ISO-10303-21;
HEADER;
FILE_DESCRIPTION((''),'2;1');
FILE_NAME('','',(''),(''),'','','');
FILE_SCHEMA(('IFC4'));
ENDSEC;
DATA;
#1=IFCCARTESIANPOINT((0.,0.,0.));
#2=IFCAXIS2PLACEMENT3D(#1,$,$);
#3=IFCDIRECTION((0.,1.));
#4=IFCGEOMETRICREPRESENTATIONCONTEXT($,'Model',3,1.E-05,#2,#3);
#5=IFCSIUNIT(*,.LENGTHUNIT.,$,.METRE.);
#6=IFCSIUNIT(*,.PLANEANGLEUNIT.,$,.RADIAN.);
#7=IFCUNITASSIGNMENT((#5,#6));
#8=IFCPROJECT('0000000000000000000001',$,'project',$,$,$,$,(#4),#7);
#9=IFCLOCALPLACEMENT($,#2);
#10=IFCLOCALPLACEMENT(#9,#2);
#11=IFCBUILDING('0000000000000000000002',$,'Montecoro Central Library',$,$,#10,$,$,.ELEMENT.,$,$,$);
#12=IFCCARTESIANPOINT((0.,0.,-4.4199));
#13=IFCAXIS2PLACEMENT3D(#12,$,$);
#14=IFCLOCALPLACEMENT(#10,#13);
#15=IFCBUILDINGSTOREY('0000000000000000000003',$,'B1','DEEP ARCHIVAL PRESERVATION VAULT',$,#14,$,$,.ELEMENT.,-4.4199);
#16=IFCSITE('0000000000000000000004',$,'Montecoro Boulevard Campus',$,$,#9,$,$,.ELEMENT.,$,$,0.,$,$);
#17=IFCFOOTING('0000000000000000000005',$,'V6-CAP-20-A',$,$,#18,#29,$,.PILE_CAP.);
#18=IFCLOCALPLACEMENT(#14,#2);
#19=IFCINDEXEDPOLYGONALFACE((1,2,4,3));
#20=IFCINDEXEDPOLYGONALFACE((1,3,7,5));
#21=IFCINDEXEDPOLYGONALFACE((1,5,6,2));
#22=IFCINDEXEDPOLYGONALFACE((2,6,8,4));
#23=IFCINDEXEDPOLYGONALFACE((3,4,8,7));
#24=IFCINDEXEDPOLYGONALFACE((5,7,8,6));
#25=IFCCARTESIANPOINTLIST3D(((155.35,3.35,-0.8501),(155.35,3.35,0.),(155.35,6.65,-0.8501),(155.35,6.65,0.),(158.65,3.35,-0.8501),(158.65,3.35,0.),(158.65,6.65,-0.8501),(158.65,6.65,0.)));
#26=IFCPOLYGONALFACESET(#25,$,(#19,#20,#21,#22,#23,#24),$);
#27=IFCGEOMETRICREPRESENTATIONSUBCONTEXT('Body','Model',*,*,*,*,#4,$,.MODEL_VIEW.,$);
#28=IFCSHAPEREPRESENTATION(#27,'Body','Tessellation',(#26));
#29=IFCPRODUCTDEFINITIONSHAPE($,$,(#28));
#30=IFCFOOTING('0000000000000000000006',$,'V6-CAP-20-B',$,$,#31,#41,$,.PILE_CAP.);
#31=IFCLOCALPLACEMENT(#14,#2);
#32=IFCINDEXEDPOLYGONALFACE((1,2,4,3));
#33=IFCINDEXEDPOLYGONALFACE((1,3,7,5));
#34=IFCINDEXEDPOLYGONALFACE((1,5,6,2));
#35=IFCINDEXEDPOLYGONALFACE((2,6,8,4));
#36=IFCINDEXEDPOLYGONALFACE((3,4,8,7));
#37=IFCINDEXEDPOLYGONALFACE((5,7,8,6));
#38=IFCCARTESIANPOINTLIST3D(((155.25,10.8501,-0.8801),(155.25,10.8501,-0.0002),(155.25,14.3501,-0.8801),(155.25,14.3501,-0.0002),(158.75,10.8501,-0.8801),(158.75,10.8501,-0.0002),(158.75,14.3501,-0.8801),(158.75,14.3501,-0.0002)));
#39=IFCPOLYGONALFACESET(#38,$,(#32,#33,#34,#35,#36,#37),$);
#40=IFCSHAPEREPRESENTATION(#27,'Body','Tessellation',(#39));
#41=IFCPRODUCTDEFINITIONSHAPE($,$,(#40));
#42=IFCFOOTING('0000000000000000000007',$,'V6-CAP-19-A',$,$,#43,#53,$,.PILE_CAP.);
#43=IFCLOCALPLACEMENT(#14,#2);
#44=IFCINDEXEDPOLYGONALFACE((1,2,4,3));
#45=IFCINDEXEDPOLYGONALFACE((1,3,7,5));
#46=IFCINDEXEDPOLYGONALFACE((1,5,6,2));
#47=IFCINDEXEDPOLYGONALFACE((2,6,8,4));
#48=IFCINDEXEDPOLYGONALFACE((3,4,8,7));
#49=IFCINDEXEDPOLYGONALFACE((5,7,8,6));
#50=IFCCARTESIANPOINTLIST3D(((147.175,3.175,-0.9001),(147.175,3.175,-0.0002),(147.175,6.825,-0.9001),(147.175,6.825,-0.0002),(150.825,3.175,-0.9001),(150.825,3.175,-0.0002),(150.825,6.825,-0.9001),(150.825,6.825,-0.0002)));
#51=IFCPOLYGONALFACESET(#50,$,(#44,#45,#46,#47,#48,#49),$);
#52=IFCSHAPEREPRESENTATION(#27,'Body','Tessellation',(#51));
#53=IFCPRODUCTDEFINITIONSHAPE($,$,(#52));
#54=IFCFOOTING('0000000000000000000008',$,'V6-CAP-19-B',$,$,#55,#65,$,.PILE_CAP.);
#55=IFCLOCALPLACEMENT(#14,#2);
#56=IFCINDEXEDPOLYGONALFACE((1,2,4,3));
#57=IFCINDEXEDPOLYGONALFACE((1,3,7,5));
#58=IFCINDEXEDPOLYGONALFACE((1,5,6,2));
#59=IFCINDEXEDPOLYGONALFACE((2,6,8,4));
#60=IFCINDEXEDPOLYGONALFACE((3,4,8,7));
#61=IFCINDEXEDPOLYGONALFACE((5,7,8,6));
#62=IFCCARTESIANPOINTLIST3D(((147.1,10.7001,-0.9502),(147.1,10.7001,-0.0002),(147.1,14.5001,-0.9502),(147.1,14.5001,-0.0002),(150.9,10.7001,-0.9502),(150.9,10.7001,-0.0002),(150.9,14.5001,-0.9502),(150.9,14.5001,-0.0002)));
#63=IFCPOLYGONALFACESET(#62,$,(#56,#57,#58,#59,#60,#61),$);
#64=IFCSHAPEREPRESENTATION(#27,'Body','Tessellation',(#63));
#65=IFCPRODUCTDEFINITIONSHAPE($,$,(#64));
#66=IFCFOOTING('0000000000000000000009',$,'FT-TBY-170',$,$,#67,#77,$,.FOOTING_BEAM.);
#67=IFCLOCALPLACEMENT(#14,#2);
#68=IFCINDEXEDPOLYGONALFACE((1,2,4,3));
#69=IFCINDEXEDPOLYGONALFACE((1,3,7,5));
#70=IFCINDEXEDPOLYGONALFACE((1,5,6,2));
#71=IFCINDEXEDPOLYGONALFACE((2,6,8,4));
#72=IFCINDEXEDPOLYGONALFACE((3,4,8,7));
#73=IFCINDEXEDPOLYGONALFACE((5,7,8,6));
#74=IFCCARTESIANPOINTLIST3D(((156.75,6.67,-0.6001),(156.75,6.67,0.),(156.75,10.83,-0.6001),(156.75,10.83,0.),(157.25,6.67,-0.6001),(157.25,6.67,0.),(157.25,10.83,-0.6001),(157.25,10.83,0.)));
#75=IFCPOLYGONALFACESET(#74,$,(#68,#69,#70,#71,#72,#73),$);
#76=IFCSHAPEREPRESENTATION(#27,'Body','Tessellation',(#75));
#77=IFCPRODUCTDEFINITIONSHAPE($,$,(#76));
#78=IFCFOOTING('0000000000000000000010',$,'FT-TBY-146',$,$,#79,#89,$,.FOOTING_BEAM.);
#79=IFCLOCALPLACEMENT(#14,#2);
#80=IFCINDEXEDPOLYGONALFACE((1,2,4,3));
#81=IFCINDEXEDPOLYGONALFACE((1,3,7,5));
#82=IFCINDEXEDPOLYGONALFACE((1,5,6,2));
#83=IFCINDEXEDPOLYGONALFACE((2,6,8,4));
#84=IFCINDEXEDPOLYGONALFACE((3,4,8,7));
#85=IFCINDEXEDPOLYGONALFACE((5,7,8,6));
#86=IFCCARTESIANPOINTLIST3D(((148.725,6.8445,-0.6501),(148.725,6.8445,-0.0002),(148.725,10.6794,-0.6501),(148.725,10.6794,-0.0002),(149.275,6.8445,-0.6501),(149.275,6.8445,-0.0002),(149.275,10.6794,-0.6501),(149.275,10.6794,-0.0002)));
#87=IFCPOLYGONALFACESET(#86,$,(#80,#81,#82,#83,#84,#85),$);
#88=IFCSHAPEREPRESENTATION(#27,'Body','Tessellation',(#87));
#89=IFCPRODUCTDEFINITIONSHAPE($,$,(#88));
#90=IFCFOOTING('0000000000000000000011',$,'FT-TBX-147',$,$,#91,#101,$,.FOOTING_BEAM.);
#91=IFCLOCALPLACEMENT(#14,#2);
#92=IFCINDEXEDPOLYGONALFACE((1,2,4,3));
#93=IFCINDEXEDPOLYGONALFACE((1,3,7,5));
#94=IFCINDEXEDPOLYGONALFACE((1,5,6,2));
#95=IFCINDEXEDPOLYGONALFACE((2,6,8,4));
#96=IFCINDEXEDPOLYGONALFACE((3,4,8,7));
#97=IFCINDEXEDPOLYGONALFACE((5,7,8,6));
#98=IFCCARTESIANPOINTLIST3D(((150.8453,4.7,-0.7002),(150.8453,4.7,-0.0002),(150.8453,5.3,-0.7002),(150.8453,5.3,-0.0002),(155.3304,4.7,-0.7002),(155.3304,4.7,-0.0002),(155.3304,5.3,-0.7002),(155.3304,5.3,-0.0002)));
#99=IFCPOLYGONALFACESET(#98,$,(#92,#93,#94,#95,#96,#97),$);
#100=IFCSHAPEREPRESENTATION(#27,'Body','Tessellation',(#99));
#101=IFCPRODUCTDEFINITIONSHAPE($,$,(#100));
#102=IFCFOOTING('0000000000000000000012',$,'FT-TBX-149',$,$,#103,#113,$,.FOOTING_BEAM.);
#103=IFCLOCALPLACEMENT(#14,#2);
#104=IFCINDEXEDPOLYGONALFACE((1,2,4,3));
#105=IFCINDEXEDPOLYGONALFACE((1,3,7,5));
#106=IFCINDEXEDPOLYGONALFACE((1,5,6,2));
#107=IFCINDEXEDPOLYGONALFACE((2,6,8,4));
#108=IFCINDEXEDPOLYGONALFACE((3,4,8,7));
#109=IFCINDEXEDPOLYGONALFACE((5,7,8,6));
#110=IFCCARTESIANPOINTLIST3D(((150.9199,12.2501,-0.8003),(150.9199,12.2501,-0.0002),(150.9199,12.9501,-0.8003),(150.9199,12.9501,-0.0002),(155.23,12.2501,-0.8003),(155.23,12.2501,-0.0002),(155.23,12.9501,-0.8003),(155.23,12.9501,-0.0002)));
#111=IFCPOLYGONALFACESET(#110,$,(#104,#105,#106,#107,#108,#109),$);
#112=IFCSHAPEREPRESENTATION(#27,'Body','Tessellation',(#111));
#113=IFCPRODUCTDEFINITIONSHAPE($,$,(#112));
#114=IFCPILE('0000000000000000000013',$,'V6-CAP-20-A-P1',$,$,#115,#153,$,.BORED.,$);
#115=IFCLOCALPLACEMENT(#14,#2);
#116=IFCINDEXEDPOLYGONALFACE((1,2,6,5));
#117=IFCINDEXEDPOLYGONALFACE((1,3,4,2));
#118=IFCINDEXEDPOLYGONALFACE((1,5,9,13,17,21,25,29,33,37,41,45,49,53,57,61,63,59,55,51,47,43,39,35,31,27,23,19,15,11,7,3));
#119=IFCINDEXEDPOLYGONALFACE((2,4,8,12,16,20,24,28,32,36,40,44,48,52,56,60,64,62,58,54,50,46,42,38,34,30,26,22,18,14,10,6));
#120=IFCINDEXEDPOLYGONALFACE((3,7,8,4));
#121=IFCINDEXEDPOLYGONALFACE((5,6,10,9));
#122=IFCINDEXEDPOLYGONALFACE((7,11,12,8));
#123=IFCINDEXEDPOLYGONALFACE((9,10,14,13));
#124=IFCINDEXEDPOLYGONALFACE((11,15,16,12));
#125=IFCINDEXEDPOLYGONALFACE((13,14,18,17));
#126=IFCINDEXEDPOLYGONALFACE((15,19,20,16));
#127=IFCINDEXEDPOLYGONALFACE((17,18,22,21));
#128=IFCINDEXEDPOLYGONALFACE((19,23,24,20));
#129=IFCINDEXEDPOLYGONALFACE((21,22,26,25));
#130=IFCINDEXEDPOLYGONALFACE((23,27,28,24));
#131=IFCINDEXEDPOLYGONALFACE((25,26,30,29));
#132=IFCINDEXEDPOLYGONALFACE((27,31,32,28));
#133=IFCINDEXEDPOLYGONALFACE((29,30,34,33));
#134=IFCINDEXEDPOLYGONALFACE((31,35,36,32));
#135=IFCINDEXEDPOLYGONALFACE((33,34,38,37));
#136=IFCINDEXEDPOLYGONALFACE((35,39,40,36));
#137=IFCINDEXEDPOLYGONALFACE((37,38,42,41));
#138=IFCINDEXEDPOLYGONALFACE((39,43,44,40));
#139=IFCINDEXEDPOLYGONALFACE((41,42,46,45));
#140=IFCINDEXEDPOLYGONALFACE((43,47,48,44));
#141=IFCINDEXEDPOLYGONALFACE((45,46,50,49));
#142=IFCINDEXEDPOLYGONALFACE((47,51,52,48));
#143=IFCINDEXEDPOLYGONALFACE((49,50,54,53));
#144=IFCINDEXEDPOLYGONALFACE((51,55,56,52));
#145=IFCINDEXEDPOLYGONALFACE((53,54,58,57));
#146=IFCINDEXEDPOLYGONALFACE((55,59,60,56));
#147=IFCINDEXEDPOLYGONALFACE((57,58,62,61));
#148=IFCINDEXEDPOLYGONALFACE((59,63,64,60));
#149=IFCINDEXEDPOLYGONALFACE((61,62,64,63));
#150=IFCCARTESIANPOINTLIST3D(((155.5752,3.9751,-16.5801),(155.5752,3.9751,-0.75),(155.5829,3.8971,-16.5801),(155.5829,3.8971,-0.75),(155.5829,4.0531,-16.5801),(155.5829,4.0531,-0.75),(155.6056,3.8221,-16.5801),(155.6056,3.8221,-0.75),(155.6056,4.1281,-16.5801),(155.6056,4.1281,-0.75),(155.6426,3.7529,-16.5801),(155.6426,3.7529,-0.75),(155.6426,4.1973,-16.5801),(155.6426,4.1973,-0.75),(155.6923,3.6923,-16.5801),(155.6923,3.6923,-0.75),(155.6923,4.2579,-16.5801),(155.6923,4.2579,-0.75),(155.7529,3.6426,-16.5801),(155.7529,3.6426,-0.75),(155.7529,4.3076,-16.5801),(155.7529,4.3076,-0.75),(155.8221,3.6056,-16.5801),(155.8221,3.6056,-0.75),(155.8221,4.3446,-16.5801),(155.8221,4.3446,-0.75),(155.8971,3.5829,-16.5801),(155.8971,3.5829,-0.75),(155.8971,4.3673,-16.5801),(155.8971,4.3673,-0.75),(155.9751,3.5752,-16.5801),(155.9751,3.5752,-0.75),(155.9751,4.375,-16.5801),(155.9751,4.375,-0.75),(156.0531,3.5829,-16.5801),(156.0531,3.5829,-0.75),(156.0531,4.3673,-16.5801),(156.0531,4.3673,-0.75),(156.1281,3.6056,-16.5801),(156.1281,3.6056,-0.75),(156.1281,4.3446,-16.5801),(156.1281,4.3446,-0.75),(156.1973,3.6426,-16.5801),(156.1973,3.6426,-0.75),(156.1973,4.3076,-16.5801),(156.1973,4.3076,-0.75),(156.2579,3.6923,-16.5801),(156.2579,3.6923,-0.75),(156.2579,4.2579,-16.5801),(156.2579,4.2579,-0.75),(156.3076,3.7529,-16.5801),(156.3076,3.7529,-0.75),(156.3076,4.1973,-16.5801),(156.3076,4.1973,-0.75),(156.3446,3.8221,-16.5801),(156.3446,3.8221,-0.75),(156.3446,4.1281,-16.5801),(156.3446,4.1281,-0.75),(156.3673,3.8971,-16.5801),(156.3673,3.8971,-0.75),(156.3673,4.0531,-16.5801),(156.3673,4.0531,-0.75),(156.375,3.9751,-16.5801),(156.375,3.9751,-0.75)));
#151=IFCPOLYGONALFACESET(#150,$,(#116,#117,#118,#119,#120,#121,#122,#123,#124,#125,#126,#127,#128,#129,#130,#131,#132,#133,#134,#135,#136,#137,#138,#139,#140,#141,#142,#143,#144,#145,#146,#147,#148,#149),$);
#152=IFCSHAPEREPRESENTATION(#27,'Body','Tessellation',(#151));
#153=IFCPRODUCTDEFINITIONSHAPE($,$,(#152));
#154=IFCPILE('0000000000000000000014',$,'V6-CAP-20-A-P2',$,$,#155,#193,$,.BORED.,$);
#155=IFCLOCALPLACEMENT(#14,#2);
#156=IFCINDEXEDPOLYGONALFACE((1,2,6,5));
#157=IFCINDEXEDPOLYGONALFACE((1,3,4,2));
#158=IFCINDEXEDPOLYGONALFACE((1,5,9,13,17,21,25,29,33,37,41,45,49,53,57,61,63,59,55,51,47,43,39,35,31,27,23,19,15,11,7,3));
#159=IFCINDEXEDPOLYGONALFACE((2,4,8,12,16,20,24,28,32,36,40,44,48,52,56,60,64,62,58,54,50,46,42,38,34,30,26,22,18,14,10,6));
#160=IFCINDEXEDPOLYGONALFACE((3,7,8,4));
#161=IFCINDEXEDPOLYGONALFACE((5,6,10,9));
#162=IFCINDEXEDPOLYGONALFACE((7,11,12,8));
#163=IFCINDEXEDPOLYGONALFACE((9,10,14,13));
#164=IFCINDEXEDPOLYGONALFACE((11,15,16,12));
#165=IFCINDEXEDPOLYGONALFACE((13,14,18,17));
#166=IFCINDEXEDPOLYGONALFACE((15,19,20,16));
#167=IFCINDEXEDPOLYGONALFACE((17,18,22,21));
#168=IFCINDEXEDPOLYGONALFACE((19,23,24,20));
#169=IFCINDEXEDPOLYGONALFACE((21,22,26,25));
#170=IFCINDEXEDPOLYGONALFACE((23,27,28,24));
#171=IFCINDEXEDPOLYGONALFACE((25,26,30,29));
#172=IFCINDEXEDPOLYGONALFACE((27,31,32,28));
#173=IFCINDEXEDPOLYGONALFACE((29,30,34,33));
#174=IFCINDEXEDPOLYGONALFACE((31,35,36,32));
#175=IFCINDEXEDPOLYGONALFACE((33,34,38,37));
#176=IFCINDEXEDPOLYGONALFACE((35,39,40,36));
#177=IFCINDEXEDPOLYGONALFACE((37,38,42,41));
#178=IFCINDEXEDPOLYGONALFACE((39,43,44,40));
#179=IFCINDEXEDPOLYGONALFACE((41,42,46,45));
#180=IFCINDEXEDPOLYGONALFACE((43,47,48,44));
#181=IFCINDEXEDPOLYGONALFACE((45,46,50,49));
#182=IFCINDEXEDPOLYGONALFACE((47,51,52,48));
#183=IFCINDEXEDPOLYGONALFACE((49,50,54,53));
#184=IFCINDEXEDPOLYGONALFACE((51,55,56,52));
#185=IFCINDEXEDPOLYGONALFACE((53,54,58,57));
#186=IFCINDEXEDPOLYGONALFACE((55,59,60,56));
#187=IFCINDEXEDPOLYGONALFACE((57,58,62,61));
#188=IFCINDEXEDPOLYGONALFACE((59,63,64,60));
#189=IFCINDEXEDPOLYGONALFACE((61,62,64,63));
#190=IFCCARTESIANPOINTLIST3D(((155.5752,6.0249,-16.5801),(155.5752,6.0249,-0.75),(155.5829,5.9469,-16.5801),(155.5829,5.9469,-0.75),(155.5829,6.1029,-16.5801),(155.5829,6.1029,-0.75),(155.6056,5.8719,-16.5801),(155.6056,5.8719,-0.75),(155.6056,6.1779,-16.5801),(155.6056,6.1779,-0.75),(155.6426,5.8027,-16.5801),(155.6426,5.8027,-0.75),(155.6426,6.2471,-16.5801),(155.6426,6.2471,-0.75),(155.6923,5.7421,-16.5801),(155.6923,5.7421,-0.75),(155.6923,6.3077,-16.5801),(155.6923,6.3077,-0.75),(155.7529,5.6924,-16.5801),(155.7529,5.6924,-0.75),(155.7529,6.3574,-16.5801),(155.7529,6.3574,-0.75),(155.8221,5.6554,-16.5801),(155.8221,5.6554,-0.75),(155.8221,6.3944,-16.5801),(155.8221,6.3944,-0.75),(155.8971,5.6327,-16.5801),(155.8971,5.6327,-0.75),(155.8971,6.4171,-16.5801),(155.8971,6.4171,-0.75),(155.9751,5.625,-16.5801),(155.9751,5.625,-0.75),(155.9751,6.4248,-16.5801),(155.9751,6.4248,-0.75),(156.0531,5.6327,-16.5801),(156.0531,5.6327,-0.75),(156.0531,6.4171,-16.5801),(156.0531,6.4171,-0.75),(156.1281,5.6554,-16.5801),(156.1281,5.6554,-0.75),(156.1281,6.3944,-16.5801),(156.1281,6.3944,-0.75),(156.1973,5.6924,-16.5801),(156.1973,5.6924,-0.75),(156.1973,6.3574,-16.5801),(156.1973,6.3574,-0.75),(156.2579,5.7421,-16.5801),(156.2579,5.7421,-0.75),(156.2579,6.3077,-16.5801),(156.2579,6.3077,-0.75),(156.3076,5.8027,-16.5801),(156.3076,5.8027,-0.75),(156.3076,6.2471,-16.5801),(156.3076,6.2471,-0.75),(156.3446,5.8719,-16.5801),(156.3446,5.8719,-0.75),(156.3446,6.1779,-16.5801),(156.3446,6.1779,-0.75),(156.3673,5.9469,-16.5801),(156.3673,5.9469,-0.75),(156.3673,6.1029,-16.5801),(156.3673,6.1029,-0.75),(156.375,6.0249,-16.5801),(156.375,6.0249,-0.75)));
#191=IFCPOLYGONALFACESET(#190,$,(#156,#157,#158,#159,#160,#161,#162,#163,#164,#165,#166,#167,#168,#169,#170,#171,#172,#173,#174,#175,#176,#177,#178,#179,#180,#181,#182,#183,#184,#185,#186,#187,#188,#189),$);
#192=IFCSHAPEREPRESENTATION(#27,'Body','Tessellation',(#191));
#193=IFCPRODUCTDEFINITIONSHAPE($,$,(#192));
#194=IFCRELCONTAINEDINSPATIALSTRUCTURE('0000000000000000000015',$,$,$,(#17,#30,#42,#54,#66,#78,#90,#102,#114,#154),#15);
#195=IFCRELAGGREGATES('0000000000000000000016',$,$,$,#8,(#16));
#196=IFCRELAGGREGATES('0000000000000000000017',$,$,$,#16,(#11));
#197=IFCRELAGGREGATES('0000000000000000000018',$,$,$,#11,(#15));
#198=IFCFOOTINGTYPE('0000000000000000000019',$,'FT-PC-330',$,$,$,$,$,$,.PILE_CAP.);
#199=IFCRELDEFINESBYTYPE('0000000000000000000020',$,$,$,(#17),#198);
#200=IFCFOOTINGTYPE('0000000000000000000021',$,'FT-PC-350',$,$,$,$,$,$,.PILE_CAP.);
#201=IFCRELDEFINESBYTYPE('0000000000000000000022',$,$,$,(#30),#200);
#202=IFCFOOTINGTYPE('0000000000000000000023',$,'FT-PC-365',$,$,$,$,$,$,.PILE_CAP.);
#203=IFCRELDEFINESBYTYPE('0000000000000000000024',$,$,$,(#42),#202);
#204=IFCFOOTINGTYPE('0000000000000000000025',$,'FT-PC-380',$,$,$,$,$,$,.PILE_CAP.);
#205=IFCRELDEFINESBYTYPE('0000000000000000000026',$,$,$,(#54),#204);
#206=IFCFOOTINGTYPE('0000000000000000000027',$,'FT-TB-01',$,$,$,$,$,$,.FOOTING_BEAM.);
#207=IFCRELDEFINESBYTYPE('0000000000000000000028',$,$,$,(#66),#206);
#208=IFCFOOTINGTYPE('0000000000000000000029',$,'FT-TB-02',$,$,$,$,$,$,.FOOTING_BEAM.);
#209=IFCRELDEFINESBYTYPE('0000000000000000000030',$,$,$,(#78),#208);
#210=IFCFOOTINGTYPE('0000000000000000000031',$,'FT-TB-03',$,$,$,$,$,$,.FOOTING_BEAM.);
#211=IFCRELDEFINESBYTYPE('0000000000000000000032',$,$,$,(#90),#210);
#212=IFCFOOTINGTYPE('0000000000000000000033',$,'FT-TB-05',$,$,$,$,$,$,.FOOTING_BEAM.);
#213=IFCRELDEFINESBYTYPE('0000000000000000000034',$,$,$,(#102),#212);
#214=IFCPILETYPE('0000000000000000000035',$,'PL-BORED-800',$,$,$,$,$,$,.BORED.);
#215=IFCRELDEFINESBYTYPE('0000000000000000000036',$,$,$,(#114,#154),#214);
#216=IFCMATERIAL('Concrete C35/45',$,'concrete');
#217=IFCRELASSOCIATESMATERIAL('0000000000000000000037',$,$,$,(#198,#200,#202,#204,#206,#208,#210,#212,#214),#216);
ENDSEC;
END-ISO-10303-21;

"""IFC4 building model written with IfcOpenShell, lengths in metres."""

from ifc_helpers import new_model, si_unit, direction, frame, origin, origin_2d, place, context, subcontext, project, spatial, rectangle, circle, extrude, material, material_profile, profile_set, type_object, element, save


model = new_model("IFC4")

# Units and contexts
model_context = context("Model", 3, precision=1e-05, world=origin(), true_north=direction((0.0, 1.0)))
body_context = subcontext(model_context, "Body", "Model", "MODEL_VIEW")
ifc_project = project(units=[si_unit("LENGTHUNIT", "METRE"), si_unit("PLANEANGLEUNIT", "RADIAN")], contexts=[model_context])

# Site, building, storey
site_placement = place(None, origin())
site = spatial("IfcSite", under=ifc_project, at=site_placement, Name="Montecoro Boulevard Campus", CompositionType="ELEMENT", RefElevation=0.0)
building_placement = place(site_placement, origin())
building = spatial("IfcBuilding", under=site, at=building_placement, Name="Montecoro Central Library", CompositionType="ELEMENT")
storey_placement = place(building_placement, frame((0.0, 0.0, -4.4199)))
storey = spatial("IfcBuildingStorey", under=building, at=storey_placement, Name="B1", Description="DEEP ARCHIVAL PRESERVATION VAULT", CompositionType="ELEMENT", Elevation=-4.4199)

# Footings
ifc_material_1 = material(Name="Concrete C35/45", Category="concrete")
footing_type_1 = type_object("IfcFootingType", Name="FT-PC-330", PredefinedType="PILE_CAP", material=ifc_material_1)
footing_1_placement = place(storey_placement, frame((157.0, 5.0, -0.8501), z_axis=(0.0, 0.0, 1.0), x_axis=(1.0, 0.0, 0.0)))
element("IfcFooting", 1, at=footing_1_placement, inside=storey, type_object=footing_type_1, Name="V6-CAP-20-A", PredefinedType="PILE_CAP", context=body_context, shape_type="SweptSolid", body=[
    extrude(rectangle(XDim=3.3, YDim=3.3, at=origin_2d()), origin(), (0.0, 0.0, 1.0), 0.8501),
])
footing_type_2 = type_object("IfcFootingType", Name="FT-PC-350", PredefinedType="PILE_CAP", material=ifc_material_1)
footing_2_placement = place(storey_placement, frame((157.0, 12.6001, -0.8801), z_axis=(0.0, 0.0, 1.0), x_axis=(1.0, 0.0, 0.0)))
element("IfcFooting", 2, at=footing_2_placement, inside=storey, type_object=footing_type_2, Name="V6-CAP-20-B", PredefinedType="PILE_CAP", context=body_context, shape_type="SweptSolid", body=[
    extrude(rectangle(XDim=3.5, YDim=3.5, at=origin_2d()), origin(), (0.0, 0.0, 1.0), 0.8799),
])
footing_type_3 = type_object("IfcFootingType", Name="FT-PC-365", PredefinedType="PILE_CAP", material=ifc_material_1)
footing_3_placement = place(storey_placement, frame((149.0, 5.0, -0.9001), z_axis=(0.0, 0.0, 1.0), x_axis=(1.0, 0.0, 0.0)))
element("IfcFooting", 3, at=footing_3_placement, inside=storey, type_object=footing_type_3, Name="V6-CAP-19-A", PredefinedType="PILE_CAP", context=body_context, shape_type="SweptSolid", body=[
    extrude(rectangle(XDim=3.6499, YDim=3.6499, at=origin_2d()), origin(), (0.0, 0.0, 1.0), 0.8999),
])
footing_type_4 = type_object("IfcFootingType", Name="FT-PC-380", PredefinedType="PILE_CAP", material=ifc_material_1)
footing_4_placement = place(storey_placement, frame((149.0, 12.6001, -0.9502), z_axis=(0.0, 0.0, 1.0), x_axis=(1.0, 0.0, 0.0)))
element("IfcFooting", 4, at=footing_4_placement, inside=storey, type_object=footing_type_4, Name="V6-CAP-19-B", PredefinedType="PILE_CAP", context=body_context, shape_type="SweptSolid", body=[
    extrude(rectangle(XDim=3.8, YDim=3.8, at=origin_2d()), origin(), (0.0, 0.0, 1.0), 0.95),
])
footing_type_5 = type_object("IfcFootingType", Name="FT-TB-01", PredefinedType="FOOTING_BEAM", material=ifc_material_1)
footing_5_placement = place(storey_placement, frame((157.0, 8.75, -0.6001), z_axis=(0.0, 0.0, 1.0), x_axis=(1.0, 0.0, 0.0)))
element("IfcFooting", 5, at=footing_5_placement, inside=storey, type_object=footing_type_5, Name="FT-TBY-170", PredefinedType="FOOTING_BEAM", context=body_context, shape_type="SweptSolid", body=[
    extrude(rectangle(XDim=0.5, YDim=4.1599, at=origin_2d()), origin(), (0.0, 0.0, 1.0), 0.6001),
])
footing_type_6 = type_object("IfcFootingType", Name="FT-TB-02", PredefinedType="FOOTING_BEAM", material=ifc_material_1)
footing_6_placement = place(storey_placement, frame((149.0, 8.762, -0.6501), z_axis=(0.0, 0.0, 1.0), x_axis=(1.0, 0.0, 0.0)))
element("IfcFooting", 6, at=footing_6_placement, inside=storey, type_object=footing_type_6, Name="FT-TBY-146", PredefinedType="FOOTING_BEAM", context=body_context, shape_type="SweptSolid", body=[
    extrude(rectangle(XDim=0.55, YDim=3.835, at=origin_2d()), origin(), (0.0, 0.0, 1.0), 0.6499),
])
footing_type_7 = type_object("IfcFootingType", Name="FT-TB-03", PredefinedType="FOOTING_BEAM", material=ifc_material_1)
footing_7_placement = place(storey_placement, frame((153.0879, 5.0, -0.7002), z_axis=(0.0, 0.0, 1.0), x_axis=(1.0, 0.0, 0.0)))
element("IfcFooting", 7, at=footing_7_placement, inside=storey, type_object=footing_type_7, Name="FT-TBX-147", PredefinedType="FOOTING_BEAM", context=body_context, shape_type="SweptSolid", body=[
    extrude(rectangle(XDim=4.4851, YDim=0.6001, at=origin_2d()), origin(), (0.0, 0.0, 1.0), 0.7),
])
footing_type_8 = type_object("IfcFootingType", Name="FT-TB-05", PredefinedType="FOOTING_BEAM", material=ifc_material_1)
footing_8_placement = place(storey_placement, frame((153.075, 12.6001, -0.8003), z_axis=(0.0, 0.0, 1.0), x_axis=(1.0, 0.0, 0.0)))
element("IfcFooting", 8, at=footing_8_placement, inside=storey, type_object=footing_type_8, Name="FT-TBX-149", PredefinedType="FOOTING_BEAM", context=body_context, shape_type="SweptSolid", body=[
    extrude(rectangle(XDim=4.3101, YDim=0.7, at=origin_2d()), origin(), (0.0, 0.0, 1.0), 0.8),
])

# Piles
ifc_material_profile_1 = material_profile(ifc_material_1, circle(Radius=0.3999, at=origin_2d()), Name="PILE D800")
ifc_profile_set_1 = profile_set([ifc_material_profile_1], Name="Concrete C35/45")
pile_type_1 = type_object("IfcPileType", Name="PL-BORED-800", PredefinedType="BORED", material=ifc_profile_set_1)
for number, where, z_axis, x_axis, name in (
    (9, (155.9751, 3.9751, -0.75), (0.0, 0.0, -1.0), (1.0, 0.0, 0.0), "V6-CAP-20-A-P1"),
    (10, (155.9751, 6.0249, -0.75), (0.0, 0.0, -1.0), (1.0, 0.0, 0.0), "V6-CAP-20-A-P2"),
):
    element("IfcPile", number, at=place(storey_placement, frame(where, z_axis=z_axis, x_axis=x_axis)), inside=storey, type_object=pile_type_1, Name=name, PredefinedType="BORED", context=body_context, shape_type="SweptSolid", body=[
        extrude(circle(Radius=0.3999, at=origin_2d()), origin(), (0.0, 0.0, 1.0), 15.8301),
    ])

save(model, "model.ifc")
